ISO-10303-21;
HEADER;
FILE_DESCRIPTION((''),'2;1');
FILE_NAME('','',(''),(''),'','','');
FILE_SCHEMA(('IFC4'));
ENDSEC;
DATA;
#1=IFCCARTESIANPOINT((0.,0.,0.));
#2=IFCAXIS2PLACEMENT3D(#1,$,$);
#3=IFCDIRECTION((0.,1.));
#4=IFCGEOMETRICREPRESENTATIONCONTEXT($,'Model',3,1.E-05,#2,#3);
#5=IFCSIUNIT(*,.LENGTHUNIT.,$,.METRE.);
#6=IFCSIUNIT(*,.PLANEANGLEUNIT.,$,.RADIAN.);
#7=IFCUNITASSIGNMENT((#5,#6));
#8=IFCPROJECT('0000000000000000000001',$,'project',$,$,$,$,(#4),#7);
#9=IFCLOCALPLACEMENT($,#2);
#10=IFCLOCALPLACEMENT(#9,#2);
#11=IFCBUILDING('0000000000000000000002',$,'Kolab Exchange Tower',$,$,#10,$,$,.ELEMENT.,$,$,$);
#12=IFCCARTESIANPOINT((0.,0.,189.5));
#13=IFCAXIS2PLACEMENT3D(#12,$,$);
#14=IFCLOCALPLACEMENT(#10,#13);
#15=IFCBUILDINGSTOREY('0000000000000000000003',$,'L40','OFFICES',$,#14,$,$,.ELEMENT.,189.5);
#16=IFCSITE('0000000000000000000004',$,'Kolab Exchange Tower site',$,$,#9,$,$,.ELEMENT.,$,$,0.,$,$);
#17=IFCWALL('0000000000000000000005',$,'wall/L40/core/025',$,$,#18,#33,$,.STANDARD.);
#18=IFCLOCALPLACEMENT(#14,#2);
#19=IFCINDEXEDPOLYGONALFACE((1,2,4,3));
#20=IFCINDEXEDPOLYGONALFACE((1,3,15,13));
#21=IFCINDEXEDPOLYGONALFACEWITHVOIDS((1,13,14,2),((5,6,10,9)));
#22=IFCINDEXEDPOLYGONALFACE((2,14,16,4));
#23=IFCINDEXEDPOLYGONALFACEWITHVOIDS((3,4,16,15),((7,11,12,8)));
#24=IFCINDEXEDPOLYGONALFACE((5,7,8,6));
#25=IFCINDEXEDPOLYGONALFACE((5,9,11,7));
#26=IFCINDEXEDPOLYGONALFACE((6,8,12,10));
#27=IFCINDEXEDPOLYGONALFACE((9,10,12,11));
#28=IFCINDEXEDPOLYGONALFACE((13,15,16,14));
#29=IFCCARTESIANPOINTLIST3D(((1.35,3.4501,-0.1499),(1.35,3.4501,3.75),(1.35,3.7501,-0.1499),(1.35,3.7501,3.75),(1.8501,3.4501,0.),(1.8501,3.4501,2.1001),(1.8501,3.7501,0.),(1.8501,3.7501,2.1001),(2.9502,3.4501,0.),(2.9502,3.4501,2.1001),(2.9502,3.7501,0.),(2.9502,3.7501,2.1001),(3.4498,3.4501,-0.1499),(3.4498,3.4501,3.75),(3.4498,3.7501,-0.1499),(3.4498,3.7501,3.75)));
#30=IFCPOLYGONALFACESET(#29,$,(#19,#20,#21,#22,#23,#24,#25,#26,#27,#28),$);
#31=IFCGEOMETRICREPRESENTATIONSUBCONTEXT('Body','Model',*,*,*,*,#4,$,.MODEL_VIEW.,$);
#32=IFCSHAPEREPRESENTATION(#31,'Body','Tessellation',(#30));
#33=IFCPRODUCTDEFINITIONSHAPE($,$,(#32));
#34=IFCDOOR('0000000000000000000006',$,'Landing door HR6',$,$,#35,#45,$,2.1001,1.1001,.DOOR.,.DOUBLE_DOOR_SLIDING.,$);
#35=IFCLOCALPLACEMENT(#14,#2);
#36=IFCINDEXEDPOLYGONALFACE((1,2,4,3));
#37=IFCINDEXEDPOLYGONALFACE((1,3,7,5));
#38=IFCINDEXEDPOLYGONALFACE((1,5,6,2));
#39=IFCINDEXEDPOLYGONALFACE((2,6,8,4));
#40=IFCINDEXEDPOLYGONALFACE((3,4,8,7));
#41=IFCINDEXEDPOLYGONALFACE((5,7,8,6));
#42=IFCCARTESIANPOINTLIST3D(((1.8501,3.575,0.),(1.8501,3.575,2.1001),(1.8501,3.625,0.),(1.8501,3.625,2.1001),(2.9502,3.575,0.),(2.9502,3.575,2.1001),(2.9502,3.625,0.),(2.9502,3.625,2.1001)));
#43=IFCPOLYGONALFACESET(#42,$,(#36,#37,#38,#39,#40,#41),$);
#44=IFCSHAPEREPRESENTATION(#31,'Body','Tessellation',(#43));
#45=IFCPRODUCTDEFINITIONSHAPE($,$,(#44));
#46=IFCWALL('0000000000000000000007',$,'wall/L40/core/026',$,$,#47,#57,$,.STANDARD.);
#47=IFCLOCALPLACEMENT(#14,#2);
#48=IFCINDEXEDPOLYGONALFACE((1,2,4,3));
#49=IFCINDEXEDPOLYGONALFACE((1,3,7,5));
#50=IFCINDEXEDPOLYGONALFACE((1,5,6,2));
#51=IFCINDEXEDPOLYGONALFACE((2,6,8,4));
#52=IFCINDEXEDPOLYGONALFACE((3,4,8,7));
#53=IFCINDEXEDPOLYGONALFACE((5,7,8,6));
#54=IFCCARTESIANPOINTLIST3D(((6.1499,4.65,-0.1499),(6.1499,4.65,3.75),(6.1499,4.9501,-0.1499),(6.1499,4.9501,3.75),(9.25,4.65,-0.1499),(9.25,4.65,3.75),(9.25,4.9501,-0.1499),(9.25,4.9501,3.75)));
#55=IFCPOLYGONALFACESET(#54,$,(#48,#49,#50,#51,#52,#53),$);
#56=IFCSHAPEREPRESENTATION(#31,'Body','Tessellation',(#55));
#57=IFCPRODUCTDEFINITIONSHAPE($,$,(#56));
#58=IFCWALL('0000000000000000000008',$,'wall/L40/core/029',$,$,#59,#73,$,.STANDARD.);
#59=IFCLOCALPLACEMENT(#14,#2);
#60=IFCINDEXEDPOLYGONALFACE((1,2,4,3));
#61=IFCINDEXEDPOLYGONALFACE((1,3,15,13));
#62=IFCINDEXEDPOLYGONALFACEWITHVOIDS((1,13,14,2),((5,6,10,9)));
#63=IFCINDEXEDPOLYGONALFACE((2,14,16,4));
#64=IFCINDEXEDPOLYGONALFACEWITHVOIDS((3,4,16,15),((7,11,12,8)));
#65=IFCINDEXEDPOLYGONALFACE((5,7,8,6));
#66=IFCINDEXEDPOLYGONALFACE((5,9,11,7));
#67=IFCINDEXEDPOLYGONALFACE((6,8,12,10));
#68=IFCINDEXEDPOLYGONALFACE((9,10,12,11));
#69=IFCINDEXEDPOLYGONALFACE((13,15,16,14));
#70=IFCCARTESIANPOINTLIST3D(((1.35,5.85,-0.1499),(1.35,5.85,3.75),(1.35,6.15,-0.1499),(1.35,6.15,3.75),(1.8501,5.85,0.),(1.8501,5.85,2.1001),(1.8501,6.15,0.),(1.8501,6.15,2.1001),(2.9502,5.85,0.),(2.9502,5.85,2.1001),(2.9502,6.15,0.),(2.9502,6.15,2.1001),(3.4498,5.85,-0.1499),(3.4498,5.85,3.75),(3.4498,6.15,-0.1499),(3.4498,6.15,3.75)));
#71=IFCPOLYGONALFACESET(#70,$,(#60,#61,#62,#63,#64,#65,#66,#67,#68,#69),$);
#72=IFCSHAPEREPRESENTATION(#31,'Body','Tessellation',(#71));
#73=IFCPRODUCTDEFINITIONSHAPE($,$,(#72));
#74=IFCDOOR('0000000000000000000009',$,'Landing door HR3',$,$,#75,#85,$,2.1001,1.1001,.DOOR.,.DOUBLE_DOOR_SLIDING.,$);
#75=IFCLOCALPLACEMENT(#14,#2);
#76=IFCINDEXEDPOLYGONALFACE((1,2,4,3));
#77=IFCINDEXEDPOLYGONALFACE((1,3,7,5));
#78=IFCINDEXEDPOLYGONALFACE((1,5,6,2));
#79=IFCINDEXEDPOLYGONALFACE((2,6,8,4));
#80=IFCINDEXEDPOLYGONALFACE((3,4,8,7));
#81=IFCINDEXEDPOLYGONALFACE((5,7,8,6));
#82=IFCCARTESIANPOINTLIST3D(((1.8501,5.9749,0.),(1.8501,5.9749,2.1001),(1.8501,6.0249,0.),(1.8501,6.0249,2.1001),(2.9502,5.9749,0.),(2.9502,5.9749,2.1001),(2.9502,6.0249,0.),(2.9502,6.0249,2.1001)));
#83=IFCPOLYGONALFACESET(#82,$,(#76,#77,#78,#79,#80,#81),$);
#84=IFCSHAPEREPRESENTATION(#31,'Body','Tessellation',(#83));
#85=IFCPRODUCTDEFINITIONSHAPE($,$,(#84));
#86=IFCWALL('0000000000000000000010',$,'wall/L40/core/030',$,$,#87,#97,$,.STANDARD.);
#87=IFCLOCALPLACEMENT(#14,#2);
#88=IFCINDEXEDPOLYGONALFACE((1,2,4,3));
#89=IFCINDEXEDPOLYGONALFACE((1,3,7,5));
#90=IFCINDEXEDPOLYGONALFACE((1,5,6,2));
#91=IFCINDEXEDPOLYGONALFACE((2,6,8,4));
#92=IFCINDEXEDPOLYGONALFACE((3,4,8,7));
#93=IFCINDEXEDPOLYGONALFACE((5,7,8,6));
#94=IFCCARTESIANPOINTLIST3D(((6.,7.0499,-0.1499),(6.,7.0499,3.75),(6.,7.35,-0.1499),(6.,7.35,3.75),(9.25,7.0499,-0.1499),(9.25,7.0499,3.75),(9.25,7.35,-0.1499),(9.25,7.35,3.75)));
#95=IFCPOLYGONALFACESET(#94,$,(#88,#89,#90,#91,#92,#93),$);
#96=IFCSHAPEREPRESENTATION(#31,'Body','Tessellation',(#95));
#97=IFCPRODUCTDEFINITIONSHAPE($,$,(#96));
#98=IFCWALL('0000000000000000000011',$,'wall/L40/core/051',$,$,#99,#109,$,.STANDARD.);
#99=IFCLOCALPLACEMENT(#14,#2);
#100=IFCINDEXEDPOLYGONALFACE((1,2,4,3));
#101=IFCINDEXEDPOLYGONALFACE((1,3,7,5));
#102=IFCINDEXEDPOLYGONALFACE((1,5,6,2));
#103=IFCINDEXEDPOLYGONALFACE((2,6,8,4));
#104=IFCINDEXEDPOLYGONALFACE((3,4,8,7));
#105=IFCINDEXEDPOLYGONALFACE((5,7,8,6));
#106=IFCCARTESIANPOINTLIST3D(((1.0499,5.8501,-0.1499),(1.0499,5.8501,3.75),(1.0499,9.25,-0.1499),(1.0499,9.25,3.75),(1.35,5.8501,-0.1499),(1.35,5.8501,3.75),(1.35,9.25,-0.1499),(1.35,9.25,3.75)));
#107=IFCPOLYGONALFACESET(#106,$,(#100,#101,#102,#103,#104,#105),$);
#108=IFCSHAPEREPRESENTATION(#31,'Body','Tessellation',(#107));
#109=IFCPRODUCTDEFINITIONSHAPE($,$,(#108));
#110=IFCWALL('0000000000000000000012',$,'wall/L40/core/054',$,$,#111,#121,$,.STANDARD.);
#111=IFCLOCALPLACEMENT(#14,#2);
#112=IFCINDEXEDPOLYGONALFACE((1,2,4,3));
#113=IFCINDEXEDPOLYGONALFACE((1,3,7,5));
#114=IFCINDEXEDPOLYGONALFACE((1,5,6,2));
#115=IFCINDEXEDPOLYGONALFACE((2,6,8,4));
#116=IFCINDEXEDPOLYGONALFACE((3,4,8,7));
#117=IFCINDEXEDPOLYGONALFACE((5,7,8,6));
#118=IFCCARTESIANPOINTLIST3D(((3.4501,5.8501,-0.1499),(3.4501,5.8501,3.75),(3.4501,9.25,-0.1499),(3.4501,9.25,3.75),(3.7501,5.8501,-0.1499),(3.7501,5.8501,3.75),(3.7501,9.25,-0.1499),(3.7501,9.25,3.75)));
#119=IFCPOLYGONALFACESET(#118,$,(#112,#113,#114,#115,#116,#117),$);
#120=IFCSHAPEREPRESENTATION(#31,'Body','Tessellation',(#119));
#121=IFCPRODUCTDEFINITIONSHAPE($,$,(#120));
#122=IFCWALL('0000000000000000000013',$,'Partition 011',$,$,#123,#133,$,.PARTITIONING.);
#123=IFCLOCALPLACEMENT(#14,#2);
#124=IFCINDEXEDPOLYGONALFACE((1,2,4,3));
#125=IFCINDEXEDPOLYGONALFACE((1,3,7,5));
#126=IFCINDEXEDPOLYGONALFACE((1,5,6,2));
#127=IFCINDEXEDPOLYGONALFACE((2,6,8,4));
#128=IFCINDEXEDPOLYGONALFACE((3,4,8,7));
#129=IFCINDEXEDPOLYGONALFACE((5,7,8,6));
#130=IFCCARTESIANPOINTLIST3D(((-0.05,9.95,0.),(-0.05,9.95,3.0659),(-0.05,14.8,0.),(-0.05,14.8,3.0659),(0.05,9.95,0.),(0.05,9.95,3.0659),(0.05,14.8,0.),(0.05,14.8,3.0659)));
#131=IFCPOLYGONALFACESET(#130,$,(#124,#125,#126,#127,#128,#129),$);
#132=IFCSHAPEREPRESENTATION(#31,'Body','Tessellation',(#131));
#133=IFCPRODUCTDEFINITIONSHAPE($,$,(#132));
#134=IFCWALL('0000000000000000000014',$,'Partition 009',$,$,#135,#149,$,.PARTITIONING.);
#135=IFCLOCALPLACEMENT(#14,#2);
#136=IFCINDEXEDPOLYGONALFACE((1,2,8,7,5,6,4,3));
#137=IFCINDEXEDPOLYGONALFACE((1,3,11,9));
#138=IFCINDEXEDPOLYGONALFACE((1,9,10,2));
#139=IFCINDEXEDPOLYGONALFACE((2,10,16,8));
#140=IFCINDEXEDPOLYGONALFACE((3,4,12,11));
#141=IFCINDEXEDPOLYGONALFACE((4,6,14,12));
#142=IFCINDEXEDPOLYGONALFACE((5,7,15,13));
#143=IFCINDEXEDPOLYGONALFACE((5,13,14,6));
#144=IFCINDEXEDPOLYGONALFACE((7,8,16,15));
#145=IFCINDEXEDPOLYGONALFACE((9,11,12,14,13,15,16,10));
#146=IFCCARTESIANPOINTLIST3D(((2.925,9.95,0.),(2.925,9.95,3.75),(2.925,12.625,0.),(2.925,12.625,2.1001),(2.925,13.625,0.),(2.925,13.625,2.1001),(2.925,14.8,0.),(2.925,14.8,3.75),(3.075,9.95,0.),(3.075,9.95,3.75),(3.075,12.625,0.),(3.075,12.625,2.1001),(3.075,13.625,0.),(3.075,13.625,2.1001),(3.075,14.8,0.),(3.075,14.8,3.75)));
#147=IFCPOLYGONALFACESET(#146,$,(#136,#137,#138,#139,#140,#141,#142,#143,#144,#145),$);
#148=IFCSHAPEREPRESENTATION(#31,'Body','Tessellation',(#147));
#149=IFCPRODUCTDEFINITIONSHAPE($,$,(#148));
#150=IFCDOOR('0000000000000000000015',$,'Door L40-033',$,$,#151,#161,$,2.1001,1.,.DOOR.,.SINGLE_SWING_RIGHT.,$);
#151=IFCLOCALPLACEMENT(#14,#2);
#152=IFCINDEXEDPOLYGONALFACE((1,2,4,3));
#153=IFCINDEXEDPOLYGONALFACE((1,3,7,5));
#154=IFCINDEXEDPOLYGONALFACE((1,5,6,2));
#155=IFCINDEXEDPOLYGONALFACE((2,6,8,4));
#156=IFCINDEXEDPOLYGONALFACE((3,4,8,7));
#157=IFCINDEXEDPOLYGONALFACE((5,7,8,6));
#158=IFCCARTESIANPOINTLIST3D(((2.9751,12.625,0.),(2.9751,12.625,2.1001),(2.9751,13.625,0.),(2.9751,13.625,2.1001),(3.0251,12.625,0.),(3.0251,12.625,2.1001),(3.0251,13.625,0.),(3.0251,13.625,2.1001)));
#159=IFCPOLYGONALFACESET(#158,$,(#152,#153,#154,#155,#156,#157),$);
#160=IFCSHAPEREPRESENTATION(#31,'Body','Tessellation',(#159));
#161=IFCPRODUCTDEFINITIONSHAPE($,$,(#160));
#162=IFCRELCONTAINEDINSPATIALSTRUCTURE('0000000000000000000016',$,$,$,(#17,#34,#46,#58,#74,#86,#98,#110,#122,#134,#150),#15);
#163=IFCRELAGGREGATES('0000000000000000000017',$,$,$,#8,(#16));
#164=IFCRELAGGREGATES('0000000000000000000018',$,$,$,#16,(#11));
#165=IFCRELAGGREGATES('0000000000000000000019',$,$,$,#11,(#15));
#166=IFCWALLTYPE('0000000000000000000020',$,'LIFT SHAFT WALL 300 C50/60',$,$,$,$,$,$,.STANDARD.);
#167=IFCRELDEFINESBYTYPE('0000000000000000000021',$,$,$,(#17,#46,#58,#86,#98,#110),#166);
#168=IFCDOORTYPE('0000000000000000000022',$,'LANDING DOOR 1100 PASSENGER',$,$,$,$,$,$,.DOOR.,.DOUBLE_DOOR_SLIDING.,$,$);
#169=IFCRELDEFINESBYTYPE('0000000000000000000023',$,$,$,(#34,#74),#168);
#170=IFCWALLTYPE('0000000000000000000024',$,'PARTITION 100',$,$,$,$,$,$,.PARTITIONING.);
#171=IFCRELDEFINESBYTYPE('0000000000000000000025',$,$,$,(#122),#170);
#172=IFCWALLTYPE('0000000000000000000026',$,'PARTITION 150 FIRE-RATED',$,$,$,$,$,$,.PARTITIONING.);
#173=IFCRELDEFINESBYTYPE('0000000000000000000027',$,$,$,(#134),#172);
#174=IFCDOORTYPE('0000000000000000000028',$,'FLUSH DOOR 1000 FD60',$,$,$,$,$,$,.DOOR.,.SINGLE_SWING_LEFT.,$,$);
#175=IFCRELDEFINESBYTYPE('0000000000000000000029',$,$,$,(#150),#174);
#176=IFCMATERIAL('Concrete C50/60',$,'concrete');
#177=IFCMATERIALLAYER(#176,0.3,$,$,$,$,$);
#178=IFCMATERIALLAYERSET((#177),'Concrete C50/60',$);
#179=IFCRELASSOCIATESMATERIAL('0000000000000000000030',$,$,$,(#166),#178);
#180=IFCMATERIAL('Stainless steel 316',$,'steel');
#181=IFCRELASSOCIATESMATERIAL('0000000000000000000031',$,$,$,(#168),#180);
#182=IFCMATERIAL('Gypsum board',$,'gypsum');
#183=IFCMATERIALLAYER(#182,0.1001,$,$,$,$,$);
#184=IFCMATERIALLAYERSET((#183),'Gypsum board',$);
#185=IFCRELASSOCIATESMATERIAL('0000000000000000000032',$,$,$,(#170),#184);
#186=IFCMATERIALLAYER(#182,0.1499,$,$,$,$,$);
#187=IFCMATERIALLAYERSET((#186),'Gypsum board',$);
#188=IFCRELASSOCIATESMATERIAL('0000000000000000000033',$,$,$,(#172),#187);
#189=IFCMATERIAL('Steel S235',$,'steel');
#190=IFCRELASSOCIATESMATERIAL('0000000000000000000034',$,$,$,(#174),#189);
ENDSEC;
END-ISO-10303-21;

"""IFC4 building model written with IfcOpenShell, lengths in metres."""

from ifc_helpers import new_model, si_unit, direction, frame, frame_2d, origin, place, context, subcontext, project, spatial, rectangle, extrude, material, layer, layer_set, type_object, element, fill, save


model = new_model("IFC4")

# Units and contexts
model_context = context("Model", 3, precision=1e-05, world=origin(), true_north=direction((0.0, 1.0)))
body_context = subcontext(model_context, "Body", "Model", "MODEL_VIEW")
ifc_project = project(units=[si_unit("LENGTHUNIT", "METRE"), si_unit("PLANEANGLEUNIT", "RADIAN")], contexts=[model_context])

# Site, building, storey
site_placement = place(None, origin())
site = spatial("IfcSite", under=ifc_project, at=site_placement, Name="Kolab Exchange Tower site", CompositionType="ELEMENT", RefElevation=0.0)
building_placement = place(site_placement, origin())
building = spatial("IfcBuilding", under=site, at=building_placement, Name="Kolab Exchange Tower", CompositionType="ELEMENT")
storey_placement = place(building_placement, frame((0.0, 0.0, 189.5)))
storey = spatial("IfcBuildingStorey", under=building, at=storey_placement, Name="L40", Description="OFFICES", CompositionType="ELEMENT", Elevation=189.5)

# Shared definitions
ifc_material_1 = material(Name="Concrete C50/60", Category="concrete")

# Shared definitions
ifc_layer_1 = layer(ifc_material_1, 0.3)
ifc_layer_set_1 = layer_set([ifc_layer_1], Name="Concrete C50/60")
wall_type_1 = type_object("IfcWallType", Name="LIFT SHAFT WALL 300 C50/60", PredefinedType="STANDARD", material=ifc_layer_set_1)

# Wall, opening, door
wall_1_placement = place(storey_placement, frame((1.3501, 3.6001, -0.1499), z_axis=(0.0, 0.0, 1.0), x_axis=(1.0, 0.0, 0.0)))
wall_1 = element("IfcWall", 1, at=wall_1_placement, inside=storey, type_object=wall_type_1, Name="wall/L40/core/025", PredefinedType="STANDARD", context=body_context, shape_type="SweptSolid", body=[
    extrude(rectangle(XDim=2.0999, YDim=0.3, at=frame_2d((1.0498, 0.0))), origin(), (0.0, 0.0, 1.0), 3.8999),
])
opening_1_placement = place(wall_1_placement, frame((0.5, 0.0, 0.1499)))
opening_1 = element("IfcOpeningElement", 2, at=opening_1_placement, cuts=wall_1, PredefinedType="OPENING", context=body_context, shape_type="SweptSolid", body=[
    extrude(rectangle(XDim=1.1001, YDim=2.1001, at=frame_2d((0.55, 1.05))), frame((0.0, 0.1602, 0.0), z_axis=(0.0, -1.0, 0.0), x_axis=(1.0, 0.0, 0.0)), (0.0, 0.0, 1.0), 0.3201),
])
ifc_material_2 = material(Name="Stainless steel 316", Category="steel")
door_type_1 = type_object("IfcDoorType", Name="LANDING DOOR 1100 PASSENGER", OperationType="DOUBLE_DOOR_SLIDING", PredefinedType="DOOR", material=ifc_material_2)
door_1_placement = place(opening_1_placement, origin())
door_1 = element("IfcDoor", 3, at=door_1_placement, inside=storey, type_object=door_type_1, Name="Landing door HR6", OperationType="DOUBLE_DOOR_SLIDING", OverallHeight=2.1001, OverallWidth=1.1001, PredefinedType="DOOR", context=body_context, shape_type="SweptSolid", body=[
    extrude(rectangle(XDim=1.1001, YDim=2.1001, at=frame_2d((0.55, 1.05))), frame((0.0, 0.0249, 0.0), z_axis=(0.0, -1.0, 0.0), x_axis=(1.0, 0.0, 0.0)), (0.0, 0.0, 1.0), 0.05),
])
fill(opening_1, door_1)

# Wall
wall_2_placement = place(storey_placement, frame((6.1499, 4.8, -0.1499), z_axis=(0.0, 0.0, 1.0), x_axis=(1.0, 0.0, 0.0)))
element("IfcWall", 4, at=wall_2_placement, inside=storey, type_object=wall_type_1, Name="wall/L40/core/026", PredefinedType="STANDARD", context=body_context, shape_type="SweptSolid", body=[
    extrude(rectangle(XDim=3.1001, YDim=0.3, at=frame_2d((1.55, 0.0))), origin(), (0.0, 0.0, 1.0), 3.8999),
])

# Wall, opening, door
wall_3_placement = place(storey_placement, frame((1.3501, 6.0, -0.1499), z_axis=(0.0, 0.0, 1.0), x_axis=(1.0, 0.0, 0.0)))
wall_3 = element("IfcWall", 5, at=wall_3_placement, inside=storey, type_object=wall_type_1, Name="wall/L40/core/029", PredefinedType="STANDARD", context=body_context, shape_type="SweptSolid", body=[
    extrude(rectangle(XDim=2.0999, YDim=0.3, at=frame_2d((1.0498, 0.0))), origin(), (0.0, 0.0, 1.0), 3.8999),
])
opening_2_placement = place(wall_3_placement, frame((0.5, 0.0, 0.1499)))
opening_2 = element("IfcOpeningElement", 6, at=opening_2_placement, cuts=wall_3, PredefinedType="OPENING", context=body_context, shape_type="SweptSolid", body=[
    extrude(rectangle(XDim=1.1001, YDim=2.1001, at=frame_2d((0.55, 1.05))), frame((0.0, 0.1602, 0.0), z_axis=(0.0, -1.0, 0.0), x_axis=(1.0, 0.0, 0.0)), (0.0, 0.0, 1.0), 0.3201),
])
door_2_placement = place(opening_2_placement, origin())
door_2 = element("IfcDoor", 7, at=door_2_placement, inside=storey, type_object=door_type_1, Name="Landing door HR3", OperationType="DOUBLE_DOOR_SLIDING", OverallHeight=2.1001, OverallWidth=1.1001, PredefinedType="DOOR", context=body_context, shape_type="SweptSolid", body=[
    extrude(rectangle(XDim=1.1001, YDim=2.1001, at=frame_2d((0.55, 1.05))), frame((0.0, 0.0249, 0.0), z_axis=(0.0, -1.0, 0.0), x_axis=(1.0, 0.0, 0.0)), (0.0, 0.0, 1.0), 0.05),
])
fill(opening_2, door_2)

# Walls
wall_4_placement = place(storey_placement, frame((6.0, 7.2, -0.1499), z_axis=(0.0, 0.0, 1.0), x_axis=(1.0, 0.0, 0.0)))
element("IfcWall", 8, at=wall_4_placement, inside=storey, type_object=wall_type_1, Name="wall/L40/core/030", PredefinedType="STANDARD", context=body_context, shape_type="SweptSolid", body=[
    extrude(rectangle(XDim=3.25, YDim=0.3, at=frame_2d((1.625, 0.0))), origin(), (0.0, 0.0, 1.0), 3.8999),
])
for number, where, z_axis, x_axis, name in (
    (9, (1.2, 5.8501, -0.1499), (0.0, 0.0, 1.0), (0.0, 1.0, 0.0), "wall/L40/core/051"),
    (10, (3.6001, 5.8501, -0.1499), (0.0, 0.0, 1.0), (0.0, 1.0, 0.0), "wall/L40/core/054"),
):
    element("IfcWall", number, at=place(storey_placement, frame(where, z_axis=z_axis, x_axis=x_axis)), inside=storey, type_object=wall_type_1, Name=name, PredefinedType="STANDARD", context=body_context, shape_type="SweptSolid", body=[
        extrude(rectangle(XDim=3.3999, YDim=0.3, at=frame_2d((1.7, 0.0))), origin(), (0.0, 0.0, 1.0), 3.8999),
    ])
ifc_material_3 = material(Name="Gypsum board", Category="gypsum")
ifc_layer_2 = layer(ifc_material_3, 0.1001)
ifc_layer_set_2 = layer_set([ifc_layer_2], Name="Gypsum board")
wall_type_2 = type_object("IfcWallType", Name="PARTITION 100", PredefinedType="PARTITIONING", material=ifc_layer_set_2)
wall_5_placement = place(storey_placement, frame((0.0, 9.95, 0.0), z_axis=(0.0, 0.0, 1.0), x_axis=(0.0, 1.0, 0.0)))
element("IfcWall", 11, at=wall_5_placement, inside=storey, type_object=wall_type_2, Name="Partition 011", PredefinedType="PARTITIONING", context=body_context, shape_type="SweptSolid", body=[
    extrude(rectangle(XDim=4.8501, YDim=0.1001, at=frame_2d((2.425, 0.0))), origin(), (0.0, 0.0, 1.0), 3.0659),
])

# Wall, opening, door
ifc_layer_3 = layer(ifc_material_3, 0.1499)
ifc_layer_set_3 = layer_set([ifc_layer_3], Name="Gypsum board")
wall_type_3 = type_object("IfcWallType", Name="PARTITION 150 FIRE-RATED", PredefinedType="PARTITIONING", material=ifc_layer_set_3)
wall_6_placement = place(storey_placement, frame((3.0, 9.95, 0.0), z_axis=(0.0, 0.0, 1.0), x_axis=(0.0, 1.0, 0.0)))
wall_6 = element("IfcWall", 12, at=wall_6_placement, inside=storey, type_object=wall_type_3, Name="Partition 009", PredefinedType="PARTITIONING", context=body_context, shape_type="SweptSolid", body=[
    extrude(rectangle(XDim=4.8501, YDim=0.1499, at=frame_2d((2.425, 0.0))), origin(), (0.0, 0.0, 1.0), 3.75),
])
opening_3_placement = place(wall_6_placement, frame((2.675, 0.0, 0.0)))
opening_3 = element("IfcOpeningElement", 13, at=opening_3_placement, cuts=wall_6, PredefinedType="OPENING", context=body_context, shape_type="SweptSolid", body=[
    extrude(rectangle(XDim=1.0, YDim=2.1001, at=frame_2d((0.5, 1.05))), frame((0.0, 0.085, 0.0), z_axis=(0.0, -1.0, 0.0), x_axis=(1.0, 0.0, 0.0)), (0.0, 0.0, 1.0), 0.1699),
])
ifc_material_4 = material(Name="Steel S235", Category="steel")
door_type_2 = type_object("IfcDoorType", Name="FLUSH DOOR 1000 FD60", OperationType="SINGLE_SWING_LEFT", PredefinedType="DOOR", material=ifc_material_4)
door_3_placement = place(opening_3_placement, origin())
door_3 = element("IfcDoor", 14, at=door_3_placement, inside=storey, type_object=door_type_2, Name="Door L40-033", OperationType="SINGLE_SWING_RIGHT", OverallHeight=2.1001, OverallWidth=1.0, PredefinedType="DOOR", context=body_context, shape_type="SweptSolid", body=[
    extrude(rectangle(XDim=1.0, YDim=2.1001, at=frame_2d((0.5, 1.05))), frame((0.0, 0.0249, 0.0), z_axis=(0.0, -1.0, 0.0), x_axis=(1.0, 0.0, 0.0)), (0.0, 0.0, 1.0), 0.05),
])
fill(opening_3, door_3)

save(model, "model.ifc")
